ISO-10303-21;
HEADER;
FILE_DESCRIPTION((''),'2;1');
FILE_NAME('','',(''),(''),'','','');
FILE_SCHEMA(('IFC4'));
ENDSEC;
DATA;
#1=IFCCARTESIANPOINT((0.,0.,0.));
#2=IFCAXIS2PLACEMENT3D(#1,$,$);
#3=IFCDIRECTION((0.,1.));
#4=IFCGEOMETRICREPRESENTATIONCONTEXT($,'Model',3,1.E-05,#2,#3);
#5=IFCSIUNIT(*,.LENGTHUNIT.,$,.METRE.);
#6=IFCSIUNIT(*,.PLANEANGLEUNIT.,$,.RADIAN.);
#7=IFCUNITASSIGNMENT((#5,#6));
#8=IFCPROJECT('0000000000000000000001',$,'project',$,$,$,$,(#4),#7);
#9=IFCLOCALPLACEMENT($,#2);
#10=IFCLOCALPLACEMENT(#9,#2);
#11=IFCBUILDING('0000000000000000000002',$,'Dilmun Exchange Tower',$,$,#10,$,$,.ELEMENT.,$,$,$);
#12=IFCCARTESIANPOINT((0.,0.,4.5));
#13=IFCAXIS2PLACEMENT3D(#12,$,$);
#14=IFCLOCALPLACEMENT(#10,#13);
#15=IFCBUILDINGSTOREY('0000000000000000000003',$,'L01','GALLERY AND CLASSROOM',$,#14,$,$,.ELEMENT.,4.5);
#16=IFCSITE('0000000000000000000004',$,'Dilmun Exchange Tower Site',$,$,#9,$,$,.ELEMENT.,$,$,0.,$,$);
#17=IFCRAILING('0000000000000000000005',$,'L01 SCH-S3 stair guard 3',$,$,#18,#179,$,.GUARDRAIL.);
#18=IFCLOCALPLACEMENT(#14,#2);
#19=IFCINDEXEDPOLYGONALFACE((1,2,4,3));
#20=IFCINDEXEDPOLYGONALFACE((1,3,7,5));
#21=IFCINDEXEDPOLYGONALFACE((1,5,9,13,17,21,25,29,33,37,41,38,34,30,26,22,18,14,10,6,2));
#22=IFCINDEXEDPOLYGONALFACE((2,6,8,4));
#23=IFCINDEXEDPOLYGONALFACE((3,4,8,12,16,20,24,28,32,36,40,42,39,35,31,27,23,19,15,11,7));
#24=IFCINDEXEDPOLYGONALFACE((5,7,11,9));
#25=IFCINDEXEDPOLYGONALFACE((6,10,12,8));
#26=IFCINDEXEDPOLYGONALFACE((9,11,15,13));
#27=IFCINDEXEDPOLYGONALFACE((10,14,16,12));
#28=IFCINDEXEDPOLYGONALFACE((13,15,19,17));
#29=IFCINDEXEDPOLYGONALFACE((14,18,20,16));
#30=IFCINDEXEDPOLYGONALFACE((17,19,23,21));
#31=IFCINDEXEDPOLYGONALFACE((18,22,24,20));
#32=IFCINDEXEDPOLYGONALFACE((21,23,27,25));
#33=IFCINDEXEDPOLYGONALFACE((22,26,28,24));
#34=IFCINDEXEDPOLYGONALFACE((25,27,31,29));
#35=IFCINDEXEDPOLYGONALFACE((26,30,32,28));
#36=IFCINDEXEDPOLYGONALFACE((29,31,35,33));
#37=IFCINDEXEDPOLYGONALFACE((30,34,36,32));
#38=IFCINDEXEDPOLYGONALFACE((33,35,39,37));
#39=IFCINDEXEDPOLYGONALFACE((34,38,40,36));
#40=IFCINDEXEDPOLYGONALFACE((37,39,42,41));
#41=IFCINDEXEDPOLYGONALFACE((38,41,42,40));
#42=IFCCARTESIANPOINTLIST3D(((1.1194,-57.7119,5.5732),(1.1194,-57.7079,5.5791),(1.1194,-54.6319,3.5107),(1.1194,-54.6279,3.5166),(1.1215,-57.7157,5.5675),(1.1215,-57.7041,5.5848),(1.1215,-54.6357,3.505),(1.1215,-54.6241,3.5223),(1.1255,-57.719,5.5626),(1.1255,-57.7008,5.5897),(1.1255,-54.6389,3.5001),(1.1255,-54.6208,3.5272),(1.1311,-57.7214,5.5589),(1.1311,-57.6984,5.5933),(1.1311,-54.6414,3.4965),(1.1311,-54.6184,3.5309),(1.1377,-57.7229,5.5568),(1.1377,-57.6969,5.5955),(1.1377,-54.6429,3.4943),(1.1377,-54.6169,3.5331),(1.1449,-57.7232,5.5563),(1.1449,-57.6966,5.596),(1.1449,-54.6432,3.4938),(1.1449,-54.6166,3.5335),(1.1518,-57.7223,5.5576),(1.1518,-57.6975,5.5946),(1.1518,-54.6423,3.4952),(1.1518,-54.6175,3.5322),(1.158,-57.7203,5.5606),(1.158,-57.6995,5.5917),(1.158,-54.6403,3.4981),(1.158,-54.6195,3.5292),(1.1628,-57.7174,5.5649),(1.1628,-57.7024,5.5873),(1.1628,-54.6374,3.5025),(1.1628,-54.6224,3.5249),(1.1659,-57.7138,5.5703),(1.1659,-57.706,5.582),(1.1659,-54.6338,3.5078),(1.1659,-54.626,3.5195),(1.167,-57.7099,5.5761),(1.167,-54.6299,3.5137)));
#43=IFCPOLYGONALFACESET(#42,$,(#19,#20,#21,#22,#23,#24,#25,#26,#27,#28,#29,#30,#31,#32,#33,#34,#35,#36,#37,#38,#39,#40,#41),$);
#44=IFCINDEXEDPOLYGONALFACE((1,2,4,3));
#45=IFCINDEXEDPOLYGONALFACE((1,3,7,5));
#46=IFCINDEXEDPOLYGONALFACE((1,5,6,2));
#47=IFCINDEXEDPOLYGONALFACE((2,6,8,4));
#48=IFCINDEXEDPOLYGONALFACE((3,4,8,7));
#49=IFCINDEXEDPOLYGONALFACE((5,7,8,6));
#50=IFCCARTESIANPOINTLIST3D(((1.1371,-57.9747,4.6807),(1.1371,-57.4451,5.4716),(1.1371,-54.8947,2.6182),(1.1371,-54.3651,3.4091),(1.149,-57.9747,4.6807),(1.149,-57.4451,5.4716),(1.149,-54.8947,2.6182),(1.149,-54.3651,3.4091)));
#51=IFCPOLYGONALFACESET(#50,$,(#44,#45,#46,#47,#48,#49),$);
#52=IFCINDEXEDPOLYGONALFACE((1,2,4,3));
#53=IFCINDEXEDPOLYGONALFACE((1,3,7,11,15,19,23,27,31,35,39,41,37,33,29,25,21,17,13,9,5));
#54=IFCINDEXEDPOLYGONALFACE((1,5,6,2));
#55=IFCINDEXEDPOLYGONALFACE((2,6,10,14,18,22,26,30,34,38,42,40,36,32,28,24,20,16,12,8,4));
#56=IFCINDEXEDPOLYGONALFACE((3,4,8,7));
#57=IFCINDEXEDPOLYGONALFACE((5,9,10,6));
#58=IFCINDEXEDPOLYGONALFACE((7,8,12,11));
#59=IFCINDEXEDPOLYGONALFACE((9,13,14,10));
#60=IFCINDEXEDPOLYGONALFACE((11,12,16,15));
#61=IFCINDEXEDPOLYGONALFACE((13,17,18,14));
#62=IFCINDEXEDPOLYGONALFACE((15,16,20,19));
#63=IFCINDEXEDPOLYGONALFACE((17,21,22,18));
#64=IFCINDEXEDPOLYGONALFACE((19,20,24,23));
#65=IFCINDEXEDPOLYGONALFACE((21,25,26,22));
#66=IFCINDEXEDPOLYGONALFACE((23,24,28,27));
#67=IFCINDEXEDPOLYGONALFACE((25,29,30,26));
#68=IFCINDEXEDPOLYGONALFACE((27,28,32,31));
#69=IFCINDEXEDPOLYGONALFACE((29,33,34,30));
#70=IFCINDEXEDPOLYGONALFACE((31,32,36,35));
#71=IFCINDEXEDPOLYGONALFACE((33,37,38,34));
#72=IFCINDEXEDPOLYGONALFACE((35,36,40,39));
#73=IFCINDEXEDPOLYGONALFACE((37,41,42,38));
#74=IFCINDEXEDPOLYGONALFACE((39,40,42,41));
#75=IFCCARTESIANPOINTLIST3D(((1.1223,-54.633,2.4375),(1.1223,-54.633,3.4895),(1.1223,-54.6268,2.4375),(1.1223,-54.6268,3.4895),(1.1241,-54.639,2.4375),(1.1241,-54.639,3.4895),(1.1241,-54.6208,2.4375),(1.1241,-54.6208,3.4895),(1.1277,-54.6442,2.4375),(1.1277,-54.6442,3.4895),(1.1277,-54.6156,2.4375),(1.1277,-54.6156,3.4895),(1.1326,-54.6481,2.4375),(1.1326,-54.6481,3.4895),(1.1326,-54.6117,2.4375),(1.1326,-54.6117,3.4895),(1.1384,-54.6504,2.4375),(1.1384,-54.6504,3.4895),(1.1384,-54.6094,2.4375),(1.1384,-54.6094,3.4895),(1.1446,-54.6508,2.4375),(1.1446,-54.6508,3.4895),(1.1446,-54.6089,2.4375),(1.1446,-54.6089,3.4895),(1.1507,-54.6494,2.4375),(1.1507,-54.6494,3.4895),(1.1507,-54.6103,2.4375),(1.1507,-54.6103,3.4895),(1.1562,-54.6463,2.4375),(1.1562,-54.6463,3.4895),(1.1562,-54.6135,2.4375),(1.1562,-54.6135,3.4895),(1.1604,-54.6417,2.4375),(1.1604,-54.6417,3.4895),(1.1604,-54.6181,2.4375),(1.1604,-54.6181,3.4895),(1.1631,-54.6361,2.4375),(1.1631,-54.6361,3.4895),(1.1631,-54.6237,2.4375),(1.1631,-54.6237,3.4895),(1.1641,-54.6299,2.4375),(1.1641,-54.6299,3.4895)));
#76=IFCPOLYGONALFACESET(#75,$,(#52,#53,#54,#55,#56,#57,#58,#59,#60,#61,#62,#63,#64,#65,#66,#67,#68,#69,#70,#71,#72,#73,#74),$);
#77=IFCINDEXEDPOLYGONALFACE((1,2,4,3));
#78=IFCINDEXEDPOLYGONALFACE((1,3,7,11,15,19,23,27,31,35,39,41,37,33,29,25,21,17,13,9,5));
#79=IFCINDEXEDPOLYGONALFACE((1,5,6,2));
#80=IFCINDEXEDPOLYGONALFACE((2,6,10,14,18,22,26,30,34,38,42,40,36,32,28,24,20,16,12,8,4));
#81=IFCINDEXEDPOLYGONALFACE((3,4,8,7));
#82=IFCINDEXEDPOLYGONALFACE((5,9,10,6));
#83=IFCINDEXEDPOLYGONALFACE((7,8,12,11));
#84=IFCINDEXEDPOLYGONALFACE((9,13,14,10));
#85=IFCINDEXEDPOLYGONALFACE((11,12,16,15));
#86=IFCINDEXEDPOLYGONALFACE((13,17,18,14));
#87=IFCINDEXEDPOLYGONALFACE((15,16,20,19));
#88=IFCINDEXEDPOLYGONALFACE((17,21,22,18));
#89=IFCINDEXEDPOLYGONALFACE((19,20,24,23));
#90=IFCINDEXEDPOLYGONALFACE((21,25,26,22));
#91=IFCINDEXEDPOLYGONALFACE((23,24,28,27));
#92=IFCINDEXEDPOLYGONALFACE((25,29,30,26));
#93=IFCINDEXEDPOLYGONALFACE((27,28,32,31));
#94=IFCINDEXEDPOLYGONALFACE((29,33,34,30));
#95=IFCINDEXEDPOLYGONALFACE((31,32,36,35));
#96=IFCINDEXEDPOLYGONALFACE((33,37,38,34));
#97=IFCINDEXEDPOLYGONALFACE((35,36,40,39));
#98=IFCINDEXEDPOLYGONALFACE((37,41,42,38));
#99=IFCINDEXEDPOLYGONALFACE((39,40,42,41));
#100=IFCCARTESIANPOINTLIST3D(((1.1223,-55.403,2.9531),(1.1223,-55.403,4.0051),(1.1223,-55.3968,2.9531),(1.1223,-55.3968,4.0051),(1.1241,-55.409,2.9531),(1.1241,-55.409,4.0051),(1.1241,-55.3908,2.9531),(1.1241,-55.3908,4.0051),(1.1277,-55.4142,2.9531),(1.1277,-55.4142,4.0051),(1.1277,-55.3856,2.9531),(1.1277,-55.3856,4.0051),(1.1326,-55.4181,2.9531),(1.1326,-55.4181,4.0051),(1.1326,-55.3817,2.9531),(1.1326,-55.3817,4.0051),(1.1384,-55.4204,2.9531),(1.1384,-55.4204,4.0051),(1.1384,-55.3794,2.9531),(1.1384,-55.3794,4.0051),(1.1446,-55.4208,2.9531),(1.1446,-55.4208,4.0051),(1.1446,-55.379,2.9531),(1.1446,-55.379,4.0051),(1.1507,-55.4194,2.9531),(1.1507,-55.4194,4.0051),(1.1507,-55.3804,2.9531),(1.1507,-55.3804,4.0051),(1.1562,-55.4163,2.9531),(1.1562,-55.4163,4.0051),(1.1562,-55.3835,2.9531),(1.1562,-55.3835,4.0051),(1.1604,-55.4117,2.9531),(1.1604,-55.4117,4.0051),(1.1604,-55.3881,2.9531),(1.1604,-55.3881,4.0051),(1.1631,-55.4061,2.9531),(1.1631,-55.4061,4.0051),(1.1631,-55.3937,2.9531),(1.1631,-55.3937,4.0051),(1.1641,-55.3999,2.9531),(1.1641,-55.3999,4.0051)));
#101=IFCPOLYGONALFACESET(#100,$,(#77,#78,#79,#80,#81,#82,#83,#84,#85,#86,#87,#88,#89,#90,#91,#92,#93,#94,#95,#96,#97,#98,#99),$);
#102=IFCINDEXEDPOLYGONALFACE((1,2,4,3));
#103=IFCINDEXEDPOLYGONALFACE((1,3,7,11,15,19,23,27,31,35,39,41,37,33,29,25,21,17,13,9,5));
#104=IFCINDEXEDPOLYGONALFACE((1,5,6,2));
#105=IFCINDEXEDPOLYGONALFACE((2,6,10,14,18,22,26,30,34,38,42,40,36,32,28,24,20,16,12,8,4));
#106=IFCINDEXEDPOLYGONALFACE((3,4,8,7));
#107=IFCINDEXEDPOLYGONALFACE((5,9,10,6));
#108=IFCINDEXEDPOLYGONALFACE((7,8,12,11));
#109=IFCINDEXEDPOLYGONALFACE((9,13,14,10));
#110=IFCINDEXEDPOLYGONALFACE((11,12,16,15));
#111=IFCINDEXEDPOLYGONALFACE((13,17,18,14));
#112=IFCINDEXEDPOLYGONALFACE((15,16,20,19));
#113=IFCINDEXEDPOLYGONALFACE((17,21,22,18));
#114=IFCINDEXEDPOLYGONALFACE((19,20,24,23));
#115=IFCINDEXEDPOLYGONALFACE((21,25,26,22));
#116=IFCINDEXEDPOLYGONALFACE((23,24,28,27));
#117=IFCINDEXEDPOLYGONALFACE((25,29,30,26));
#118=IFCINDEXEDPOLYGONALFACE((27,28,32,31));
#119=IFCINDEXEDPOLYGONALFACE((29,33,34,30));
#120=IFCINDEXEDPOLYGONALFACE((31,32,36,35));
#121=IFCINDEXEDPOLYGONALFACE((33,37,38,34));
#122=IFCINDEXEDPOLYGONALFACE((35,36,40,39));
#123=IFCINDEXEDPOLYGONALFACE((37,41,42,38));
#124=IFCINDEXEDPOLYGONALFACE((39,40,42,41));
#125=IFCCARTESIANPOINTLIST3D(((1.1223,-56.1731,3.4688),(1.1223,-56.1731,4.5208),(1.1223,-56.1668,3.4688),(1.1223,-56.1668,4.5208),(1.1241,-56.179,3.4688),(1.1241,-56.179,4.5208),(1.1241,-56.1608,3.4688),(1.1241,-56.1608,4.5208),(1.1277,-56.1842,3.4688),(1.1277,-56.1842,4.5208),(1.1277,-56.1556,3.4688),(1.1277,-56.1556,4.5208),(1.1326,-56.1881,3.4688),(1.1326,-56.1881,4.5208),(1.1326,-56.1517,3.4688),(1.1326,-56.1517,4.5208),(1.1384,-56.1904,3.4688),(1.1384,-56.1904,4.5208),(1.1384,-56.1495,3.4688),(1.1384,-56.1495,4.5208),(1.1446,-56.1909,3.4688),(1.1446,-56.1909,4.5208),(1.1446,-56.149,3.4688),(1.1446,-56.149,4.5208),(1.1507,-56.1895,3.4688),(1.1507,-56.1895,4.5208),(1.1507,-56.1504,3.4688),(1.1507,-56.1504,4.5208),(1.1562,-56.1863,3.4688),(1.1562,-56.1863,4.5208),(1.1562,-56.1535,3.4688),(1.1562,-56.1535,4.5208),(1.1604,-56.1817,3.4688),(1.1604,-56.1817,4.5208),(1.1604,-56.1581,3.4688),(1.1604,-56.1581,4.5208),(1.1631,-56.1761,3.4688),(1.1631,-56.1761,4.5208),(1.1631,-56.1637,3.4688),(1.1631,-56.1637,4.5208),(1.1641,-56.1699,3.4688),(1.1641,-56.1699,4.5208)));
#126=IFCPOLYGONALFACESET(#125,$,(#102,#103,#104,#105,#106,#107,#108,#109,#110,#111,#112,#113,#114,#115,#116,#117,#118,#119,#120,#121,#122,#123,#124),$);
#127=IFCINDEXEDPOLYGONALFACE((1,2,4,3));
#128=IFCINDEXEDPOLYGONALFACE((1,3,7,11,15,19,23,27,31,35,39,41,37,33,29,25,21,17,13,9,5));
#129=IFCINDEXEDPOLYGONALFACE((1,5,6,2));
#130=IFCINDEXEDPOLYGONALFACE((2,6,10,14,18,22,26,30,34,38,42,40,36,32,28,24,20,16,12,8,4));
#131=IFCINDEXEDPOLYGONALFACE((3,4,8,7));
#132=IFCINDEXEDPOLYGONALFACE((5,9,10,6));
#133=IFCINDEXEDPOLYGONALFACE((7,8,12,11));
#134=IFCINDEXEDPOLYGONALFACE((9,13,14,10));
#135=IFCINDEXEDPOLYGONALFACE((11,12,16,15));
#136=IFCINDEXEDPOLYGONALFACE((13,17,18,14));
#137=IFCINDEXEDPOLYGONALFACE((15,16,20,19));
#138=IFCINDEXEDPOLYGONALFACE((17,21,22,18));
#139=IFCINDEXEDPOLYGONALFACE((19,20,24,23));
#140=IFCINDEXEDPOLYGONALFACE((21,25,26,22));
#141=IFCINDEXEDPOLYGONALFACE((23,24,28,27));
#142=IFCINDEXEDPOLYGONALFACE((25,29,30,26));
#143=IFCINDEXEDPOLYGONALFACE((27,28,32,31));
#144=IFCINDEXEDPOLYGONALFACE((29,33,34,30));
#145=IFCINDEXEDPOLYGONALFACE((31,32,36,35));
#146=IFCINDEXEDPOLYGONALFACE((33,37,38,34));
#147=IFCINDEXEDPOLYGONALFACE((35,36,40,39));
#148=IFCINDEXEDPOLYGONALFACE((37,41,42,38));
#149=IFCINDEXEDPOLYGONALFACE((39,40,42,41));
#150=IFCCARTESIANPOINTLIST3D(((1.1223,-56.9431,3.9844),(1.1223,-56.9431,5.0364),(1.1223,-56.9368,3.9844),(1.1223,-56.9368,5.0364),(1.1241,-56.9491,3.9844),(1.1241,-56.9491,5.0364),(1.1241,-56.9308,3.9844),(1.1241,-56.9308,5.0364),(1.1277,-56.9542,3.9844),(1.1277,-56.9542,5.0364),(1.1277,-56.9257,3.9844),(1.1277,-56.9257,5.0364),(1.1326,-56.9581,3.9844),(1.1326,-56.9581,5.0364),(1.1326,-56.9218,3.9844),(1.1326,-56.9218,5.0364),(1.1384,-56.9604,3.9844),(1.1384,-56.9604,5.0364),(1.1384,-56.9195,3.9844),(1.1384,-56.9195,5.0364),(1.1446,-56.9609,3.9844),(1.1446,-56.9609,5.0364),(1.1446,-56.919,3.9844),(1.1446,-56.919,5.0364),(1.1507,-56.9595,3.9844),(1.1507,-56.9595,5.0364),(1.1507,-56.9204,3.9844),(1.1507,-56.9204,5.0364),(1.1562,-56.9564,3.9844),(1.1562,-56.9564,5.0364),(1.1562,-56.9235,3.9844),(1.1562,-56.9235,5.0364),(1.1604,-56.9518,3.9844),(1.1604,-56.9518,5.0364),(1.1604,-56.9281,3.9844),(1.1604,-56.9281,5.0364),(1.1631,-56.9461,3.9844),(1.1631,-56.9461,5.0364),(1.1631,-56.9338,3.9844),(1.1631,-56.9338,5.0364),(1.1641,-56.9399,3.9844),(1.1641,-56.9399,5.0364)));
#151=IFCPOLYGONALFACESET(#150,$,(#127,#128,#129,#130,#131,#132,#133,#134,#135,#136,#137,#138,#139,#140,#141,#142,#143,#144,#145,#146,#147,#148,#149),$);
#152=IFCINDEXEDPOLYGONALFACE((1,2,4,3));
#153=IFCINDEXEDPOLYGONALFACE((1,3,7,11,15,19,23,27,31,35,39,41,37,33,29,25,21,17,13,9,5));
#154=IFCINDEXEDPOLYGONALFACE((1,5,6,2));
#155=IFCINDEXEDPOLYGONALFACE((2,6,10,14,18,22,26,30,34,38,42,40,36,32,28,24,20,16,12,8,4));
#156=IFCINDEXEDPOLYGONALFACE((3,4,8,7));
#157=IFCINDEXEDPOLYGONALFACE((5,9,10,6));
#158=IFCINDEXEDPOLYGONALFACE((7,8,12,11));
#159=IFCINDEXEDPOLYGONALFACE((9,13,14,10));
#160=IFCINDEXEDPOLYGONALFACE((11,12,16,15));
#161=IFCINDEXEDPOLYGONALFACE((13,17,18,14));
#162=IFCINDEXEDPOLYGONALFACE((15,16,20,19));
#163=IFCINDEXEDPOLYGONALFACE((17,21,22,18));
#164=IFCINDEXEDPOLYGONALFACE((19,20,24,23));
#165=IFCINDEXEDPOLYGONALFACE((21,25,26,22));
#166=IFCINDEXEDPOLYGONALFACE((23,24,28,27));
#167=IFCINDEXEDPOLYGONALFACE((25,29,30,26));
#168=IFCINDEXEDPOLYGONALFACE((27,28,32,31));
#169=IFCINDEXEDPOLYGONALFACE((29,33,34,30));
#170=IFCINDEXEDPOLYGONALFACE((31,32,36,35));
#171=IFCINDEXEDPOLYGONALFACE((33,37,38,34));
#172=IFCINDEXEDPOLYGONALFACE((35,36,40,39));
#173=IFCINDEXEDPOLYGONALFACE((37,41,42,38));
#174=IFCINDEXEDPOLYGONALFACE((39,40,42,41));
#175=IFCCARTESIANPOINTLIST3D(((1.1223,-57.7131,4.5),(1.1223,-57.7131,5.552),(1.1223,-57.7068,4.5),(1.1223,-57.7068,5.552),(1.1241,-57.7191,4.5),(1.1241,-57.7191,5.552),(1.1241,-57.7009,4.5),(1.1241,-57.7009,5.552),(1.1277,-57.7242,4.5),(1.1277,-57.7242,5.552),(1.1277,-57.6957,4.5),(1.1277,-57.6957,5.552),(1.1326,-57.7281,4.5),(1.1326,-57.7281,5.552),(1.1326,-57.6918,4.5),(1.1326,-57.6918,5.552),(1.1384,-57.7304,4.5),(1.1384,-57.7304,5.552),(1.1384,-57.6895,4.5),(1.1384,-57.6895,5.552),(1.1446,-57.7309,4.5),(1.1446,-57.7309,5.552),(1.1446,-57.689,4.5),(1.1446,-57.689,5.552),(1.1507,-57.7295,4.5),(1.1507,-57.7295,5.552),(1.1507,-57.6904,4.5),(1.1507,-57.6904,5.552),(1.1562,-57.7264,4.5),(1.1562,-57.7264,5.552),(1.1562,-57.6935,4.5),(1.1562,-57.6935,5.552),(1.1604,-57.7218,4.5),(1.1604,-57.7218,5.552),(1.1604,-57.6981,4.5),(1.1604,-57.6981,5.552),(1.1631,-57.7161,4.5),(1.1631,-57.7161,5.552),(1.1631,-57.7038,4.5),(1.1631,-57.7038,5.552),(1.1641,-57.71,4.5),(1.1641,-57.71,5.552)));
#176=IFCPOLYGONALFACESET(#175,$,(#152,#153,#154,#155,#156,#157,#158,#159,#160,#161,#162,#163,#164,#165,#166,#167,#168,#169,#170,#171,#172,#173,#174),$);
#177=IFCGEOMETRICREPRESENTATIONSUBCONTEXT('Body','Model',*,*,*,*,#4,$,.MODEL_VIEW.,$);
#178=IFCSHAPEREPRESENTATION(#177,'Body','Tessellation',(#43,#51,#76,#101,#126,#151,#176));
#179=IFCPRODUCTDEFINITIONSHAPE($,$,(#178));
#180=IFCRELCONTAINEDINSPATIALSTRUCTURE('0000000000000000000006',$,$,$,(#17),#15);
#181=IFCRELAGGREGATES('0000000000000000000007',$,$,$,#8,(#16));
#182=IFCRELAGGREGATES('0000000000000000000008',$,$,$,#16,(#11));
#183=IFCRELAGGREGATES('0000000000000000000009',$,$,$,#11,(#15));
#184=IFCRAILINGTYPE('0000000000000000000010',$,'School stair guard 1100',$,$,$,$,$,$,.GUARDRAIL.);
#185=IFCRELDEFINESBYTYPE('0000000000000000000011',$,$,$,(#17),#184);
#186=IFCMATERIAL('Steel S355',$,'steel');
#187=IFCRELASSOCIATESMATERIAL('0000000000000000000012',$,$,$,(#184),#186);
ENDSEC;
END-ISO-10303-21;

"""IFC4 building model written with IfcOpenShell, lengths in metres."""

from ifc_helpers import new_model, si_unit, direction, frame, origin, origin_2d, place, context, subcontext, project, spatial, rectangle, circle, extrude, material, type_object, element, save


model = new_model("IFC4")

# Units and contexts
model_context = context("Model", 3, precision=1e-05, world=origin(), true_north=direction((0.0, 1.0)))
body_context = subcontext(model_context, "Body", "Model", "MODEL_VIEW")
ifc_project = project(units=[si_unit("LENGTHUNIT", "METRE"), si_unit("PLANEANGLEUNIT", "RADIAN")], contexts=[model_context])

# Site, building, storey
site_placement = place(None, origin())
site = spatial("IfcSite", under=ifc_project, at=site_placement, Name="Dilmun Exchange Tower Site", CompositionType="ELEMENT", RefElevation=0.0)
building_placement = place(site_placement, origin())
building = spatial("IfcBuilding", under=site, at=building_placement, Name="Dilmun Exchange Tower", CompositionType="ELEMENT")
storey_placement = place(building_placement, frame((0.0, 0.0, 4.5)))
storey = spatial("IfcBuildingStorey", under=building, at=storey_placement, Name="L01", Description="GALLERY AND CLASSROOM", CompositionType="ELEMENT", Elevation=4.5)

# Railing
ifc_material_1 = material(Name="Steel S355", Category="steel")
railing_type_1 = type_object("IfcRailingType", Name="School stair guard 1100", PredefinedType="GUARDRAIL", material=ifc_material_1)
railing_1_placement = place(storey_placement, frame((1.1431, -54.6299, 2.4375)))
element("IfcRailing", 1, at=railing_1_placement, inside=storey, type_object=railing_type_1, Name="L01 SCH-S3 stair guard 3", PredefinedType="GUARDRAIL", context=body_context, shape_type="SweptSolid", body=[
    extrude(circle(Radius=0.0239, at=origin_2d()), frame((0.0, 0.0, 1.0762), z_axis=(0.0, -0.830914, 0.556401), x_axis=(1.0, 0.0, 0.0)), (0.0, 0.0, 1.0), 3.7068),
    extrude(rectangle(XDim=0.012, YDim=0.9519, at=origin_2d()), frame((0.0, 0.0, 0.5762), z_axis=(0.0, -0.830914, 0.556401), x_axis=(1.0, 0.0, 0.0)), (0.0, 0.0, 1.0), 3.7068),
    extrude(circle(Radius=0.021, at=origin_2d()), origin(), (0.0, 0.0, 1.0), 1.052),
    extrude(circle(Radius=0.021, at=origin_2d()), frame((0.0, -0.77, 0.5156)), (0.0, 0.0, 1.0), 1.052),
    extrude(circle(Radius=0.021, at=origin_2d()), frame((0.0, -1.54, 1.0312)), (0.0, 0.0, 1.0), 1.052),
    extrude(circle(Radius=0.021, at=origin_2d()), frame((0.0, -2.3101, 1.5469)), (0.0, 0.0, 1.0), 1.052),
    extrude(circle(Radius=0.021, at=origin_2d()), frame((0.0, -3.0801, 2.0625)), (0.0, 0.0, 1.0), 1.052),
])

save(model, "model.ifc")
